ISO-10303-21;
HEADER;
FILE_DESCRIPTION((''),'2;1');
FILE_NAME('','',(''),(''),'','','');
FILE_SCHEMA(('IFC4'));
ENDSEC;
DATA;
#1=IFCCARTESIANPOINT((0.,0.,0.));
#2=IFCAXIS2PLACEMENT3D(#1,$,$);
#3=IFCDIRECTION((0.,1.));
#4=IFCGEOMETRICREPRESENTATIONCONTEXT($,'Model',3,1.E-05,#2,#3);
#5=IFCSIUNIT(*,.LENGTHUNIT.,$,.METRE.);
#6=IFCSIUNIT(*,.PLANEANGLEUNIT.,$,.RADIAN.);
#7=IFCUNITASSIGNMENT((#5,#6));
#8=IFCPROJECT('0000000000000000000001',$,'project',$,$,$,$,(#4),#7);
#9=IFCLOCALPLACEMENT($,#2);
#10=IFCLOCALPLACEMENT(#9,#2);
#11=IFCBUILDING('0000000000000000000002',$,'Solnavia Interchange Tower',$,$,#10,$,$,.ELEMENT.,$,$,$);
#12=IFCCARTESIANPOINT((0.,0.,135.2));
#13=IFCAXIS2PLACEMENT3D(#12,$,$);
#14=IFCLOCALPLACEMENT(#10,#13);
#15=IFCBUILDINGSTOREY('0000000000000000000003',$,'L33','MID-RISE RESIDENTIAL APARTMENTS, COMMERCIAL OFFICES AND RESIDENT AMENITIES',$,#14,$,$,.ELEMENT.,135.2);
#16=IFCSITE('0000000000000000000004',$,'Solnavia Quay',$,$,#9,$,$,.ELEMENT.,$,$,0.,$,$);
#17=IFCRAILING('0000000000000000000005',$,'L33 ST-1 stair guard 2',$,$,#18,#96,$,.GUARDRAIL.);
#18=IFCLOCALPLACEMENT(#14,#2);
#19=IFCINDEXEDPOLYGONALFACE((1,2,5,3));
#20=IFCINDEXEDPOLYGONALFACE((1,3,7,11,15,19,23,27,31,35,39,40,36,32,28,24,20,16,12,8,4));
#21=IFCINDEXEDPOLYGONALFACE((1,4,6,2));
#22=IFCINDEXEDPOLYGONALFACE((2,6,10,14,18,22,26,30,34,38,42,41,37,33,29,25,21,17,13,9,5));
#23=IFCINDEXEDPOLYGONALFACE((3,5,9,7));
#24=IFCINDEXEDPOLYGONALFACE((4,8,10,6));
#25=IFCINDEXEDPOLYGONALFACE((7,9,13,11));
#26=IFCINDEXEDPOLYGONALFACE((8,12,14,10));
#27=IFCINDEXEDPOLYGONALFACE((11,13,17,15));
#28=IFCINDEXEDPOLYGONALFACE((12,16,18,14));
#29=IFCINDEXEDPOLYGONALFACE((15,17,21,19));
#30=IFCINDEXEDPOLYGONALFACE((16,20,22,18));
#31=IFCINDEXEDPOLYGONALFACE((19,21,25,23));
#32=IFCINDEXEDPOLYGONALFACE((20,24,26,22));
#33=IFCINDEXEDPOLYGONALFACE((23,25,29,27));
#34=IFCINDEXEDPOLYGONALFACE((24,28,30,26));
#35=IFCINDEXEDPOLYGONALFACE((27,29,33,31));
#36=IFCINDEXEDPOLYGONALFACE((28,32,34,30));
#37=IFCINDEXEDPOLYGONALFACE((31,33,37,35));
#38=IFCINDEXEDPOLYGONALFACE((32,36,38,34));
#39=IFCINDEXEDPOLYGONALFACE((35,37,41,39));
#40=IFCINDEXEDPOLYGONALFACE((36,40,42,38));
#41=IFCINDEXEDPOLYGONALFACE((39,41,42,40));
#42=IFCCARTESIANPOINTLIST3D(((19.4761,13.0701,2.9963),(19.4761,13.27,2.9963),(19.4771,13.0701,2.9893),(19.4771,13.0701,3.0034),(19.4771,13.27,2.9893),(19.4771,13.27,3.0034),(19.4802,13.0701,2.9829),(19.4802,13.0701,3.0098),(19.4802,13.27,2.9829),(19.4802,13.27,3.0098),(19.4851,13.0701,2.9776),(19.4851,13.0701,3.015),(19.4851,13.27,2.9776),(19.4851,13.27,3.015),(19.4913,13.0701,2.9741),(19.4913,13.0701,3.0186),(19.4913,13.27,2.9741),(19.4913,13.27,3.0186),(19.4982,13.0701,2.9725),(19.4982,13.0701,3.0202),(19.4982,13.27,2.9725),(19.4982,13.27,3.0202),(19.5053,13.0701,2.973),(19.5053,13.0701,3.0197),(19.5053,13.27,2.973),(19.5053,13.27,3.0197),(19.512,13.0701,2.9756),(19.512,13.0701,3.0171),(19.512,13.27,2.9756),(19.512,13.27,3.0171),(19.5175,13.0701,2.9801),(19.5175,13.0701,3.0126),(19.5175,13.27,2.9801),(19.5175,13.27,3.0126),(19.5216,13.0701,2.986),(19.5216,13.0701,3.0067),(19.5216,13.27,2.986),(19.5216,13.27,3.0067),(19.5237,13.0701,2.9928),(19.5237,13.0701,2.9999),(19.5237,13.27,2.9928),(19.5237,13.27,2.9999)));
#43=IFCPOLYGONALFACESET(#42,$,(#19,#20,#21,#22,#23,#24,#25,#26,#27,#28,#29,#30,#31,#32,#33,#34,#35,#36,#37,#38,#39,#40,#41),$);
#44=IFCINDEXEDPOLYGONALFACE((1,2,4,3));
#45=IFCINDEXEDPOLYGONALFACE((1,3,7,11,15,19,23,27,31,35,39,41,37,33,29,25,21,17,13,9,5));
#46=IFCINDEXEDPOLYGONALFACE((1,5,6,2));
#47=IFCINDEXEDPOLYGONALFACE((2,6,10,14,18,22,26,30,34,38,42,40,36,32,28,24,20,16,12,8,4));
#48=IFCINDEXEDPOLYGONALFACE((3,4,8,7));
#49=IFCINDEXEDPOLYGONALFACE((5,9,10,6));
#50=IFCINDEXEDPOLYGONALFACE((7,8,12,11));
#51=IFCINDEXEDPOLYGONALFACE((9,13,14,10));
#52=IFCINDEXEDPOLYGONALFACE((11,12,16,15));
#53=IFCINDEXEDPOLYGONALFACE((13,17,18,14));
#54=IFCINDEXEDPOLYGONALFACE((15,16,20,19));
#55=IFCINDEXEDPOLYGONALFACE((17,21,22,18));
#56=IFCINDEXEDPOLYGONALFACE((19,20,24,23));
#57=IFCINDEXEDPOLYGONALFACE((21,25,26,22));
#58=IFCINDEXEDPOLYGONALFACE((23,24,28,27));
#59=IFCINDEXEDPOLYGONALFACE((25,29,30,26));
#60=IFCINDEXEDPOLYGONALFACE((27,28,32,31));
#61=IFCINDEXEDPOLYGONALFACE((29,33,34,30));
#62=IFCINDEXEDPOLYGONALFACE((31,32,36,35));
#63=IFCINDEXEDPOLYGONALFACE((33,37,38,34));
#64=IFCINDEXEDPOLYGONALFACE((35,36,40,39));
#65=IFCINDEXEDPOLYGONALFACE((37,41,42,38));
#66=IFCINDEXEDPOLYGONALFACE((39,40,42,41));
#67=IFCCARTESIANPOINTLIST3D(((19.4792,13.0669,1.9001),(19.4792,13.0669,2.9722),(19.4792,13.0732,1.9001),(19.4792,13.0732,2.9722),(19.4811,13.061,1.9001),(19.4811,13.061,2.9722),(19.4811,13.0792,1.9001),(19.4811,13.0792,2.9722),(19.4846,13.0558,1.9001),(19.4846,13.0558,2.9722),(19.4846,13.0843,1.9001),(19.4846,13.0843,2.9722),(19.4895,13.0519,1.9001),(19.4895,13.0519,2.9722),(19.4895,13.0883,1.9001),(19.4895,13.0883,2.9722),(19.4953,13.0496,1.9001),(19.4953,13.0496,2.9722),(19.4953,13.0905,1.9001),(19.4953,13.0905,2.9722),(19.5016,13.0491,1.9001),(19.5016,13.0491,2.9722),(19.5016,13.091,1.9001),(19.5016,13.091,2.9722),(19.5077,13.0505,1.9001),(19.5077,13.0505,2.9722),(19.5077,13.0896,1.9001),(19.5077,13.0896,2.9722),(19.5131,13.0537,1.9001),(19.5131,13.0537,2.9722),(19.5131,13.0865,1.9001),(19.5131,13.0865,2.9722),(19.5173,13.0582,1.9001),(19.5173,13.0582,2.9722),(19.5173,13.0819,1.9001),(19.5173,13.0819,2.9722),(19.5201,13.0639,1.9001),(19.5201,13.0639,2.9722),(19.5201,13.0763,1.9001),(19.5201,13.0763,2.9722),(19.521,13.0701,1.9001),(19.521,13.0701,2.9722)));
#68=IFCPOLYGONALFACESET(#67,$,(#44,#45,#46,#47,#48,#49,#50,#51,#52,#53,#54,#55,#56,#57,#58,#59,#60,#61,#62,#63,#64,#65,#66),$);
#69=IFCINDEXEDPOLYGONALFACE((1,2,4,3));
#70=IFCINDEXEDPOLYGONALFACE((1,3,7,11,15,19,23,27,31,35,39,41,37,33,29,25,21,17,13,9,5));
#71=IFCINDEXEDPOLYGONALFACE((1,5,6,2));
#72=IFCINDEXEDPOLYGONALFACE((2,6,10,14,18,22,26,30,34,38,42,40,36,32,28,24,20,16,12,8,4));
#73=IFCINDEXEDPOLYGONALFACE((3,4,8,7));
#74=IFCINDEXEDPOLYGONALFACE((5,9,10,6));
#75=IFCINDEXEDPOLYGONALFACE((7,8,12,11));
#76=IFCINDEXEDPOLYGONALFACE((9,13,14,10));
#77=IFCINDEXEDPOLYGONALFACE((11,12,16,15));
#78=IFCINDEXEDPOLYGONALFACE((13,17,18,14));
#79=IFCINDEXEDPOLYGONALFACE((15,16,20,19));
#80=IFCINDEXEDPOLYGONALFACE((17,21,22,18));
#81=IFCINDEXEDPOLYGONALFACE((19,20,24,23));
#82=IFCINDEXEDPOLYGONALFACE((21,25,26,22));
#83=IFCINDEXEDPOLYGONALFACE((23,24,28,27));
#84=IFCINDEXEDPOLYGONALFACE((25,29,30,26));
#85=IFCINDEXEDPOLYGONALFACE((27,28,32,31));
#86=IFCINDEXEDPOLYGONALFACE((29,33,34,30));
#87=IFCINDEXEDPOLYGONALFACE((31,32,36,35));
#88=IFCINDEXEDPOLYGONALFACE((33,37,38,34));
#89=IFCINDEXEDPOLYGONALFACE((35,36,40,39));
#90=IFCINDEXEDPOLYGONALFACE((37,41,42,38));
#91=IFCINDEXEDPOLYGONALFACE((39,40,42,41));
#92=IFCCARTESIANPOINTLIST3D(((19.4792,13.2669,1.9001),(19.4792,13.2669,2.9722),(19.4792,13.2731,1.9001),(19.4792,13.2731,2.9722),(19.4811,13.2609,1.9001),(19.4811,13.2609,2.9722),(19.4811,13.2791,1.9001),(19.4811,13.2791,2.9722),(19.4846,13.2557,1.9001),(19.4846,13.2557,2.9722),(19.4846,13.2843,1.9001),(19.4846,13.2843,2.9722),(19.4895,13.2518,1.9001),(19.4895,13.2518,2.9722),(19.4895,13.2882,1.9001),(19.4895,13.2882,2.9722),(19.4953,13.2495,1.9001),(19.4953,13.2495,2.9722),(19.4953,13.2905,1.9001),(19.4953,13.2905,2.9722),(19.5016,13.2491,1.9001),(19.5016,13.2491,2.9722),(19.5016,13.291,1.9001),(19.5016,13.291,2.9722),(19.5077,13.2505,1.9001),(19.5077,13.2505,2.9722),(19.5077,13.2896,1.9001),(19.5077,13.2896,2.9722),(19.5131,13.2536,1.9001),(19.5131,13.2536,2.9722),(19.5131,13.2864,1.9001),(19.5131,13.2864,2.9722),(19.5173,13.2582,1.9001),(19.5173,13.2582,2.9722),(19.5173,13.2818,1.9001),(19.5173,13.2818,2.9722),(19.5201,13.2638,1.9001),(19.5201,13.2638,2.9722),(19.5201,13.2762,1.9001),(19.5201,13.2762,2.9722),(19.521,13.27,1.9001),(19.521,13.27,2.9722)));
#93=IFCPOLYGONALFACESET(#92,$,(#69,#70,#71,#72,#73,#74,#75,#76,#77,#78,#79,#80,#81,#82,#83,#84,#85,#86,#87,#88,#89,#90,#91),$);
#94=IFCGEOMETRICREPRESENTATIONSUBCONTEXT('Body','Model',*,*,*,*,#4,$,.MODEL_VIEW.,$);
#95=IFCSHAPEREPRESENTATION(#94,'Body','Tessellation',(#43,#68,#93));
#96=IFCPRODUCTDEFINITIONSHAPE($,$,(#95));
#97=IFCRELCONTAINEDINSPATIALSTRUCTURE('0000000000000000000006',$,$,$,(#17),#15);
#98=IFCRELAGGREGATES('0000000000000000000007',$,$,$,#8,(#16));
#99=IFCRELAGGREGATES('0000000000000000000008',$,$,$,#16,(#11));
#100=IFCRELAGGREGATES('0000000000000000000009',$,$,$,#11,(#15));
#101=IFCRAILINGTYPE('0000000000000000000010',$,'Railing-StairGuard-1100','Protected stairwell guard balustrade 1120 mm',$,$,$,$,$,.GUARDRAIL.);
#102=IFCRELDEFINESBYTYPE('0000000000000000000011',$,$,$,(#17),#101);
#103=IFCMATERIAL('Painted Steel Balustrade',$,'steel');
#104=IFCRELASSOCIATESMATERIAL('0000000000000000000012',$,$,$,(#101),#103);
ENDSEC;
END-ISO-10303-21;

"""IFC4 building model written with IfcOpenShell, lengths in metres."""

from ifc_helpers import new_model, si_unit, direction, frame, origin, origin_2d, place, context, subcontext, project, spatial, circle, extrude, material, type_object, element, save


model = new_model("IFC4")

# Units and contexts
model_context = context("Model", 3, precision=1e-05, world=origin(), true_north=direction((0.0, 1.0)))
body_context = subcontext(model_context, "Body", "Model", "MODEL_VIEW")
ifc_project = project(units=[si_unit("LENGTHUNIT", "METRE"), si_unit("PLANEANGLEUNIT", "RADIAN")], contexts=[model_context])

# Site, building, storey
site_placement = place(None, origin())
site = spatial("IfcSite", under=ifc_project, at=site_placement, Name="Solnavia Quay", CompositionType="ELEMENT", RefElevation=0.0)
building_placement = place(site_placement, origin())
building = spatial("IfcBuilding", under=site, at=building_placement, Name="Solnavia Interchange Tower", CompositionType="ELEMENT")
storey_placement = place(building_placement, frame((0.0, 0.0, 135.2)))
storey = spatial("IfcBuildingStorey", under=building, at=storey_placement, Name="L33", Description="MID-RISE RESIDENTIAL APARTMENTS, COMMERCIAL OFFICES AND RESIDENT AMENITIES", CompositionType="ELEMENT", Elevation=135.2)

# Railing
ifc_material_1 = material(Name="Painted Steel Balustrade", Category="steel")
railing_type_1 = type_object("IfcRailingType", Name="Railing-StairGuard-1100", Description="Protected stairwell guard balustrade 1120 mm", PredefinedType="GUARDRAIL", material=ifc_material_1)
railing_1_placement = place(storey_placement, frame((19.5, 13.0701, 1.9001)))
element("IfcRailing", 1, at=railing_1_placement, inside=storey, type_object=railing_type_1, Name="L33 ST-1 stair guard 2", PredefinedType="GUARDRAIL", context=body_context, shape_type="SweptSolid", body=[
    extrude(circle(Radius=0.0239, at=origin_2d()), frame((0.0, 0.0, 1.0962), z_axis=(0.0, 1.0, 0.0), x_axis=(-1.0, 0.0, 0.0)), (0.0, 0.0, 1.0), 0.2),
    extrude(circle(Radius=0.021, at=origin_2d()), origin(), (0.0, 0.0, 1.0), 1.072),
    extrude(circle(Radius=0.021, at=origin_2d()), frame((0.0, 0.2, 0.0)), (0.0, 0.0, 1.0), 1.072),
])

save(model, "model.ifc")
